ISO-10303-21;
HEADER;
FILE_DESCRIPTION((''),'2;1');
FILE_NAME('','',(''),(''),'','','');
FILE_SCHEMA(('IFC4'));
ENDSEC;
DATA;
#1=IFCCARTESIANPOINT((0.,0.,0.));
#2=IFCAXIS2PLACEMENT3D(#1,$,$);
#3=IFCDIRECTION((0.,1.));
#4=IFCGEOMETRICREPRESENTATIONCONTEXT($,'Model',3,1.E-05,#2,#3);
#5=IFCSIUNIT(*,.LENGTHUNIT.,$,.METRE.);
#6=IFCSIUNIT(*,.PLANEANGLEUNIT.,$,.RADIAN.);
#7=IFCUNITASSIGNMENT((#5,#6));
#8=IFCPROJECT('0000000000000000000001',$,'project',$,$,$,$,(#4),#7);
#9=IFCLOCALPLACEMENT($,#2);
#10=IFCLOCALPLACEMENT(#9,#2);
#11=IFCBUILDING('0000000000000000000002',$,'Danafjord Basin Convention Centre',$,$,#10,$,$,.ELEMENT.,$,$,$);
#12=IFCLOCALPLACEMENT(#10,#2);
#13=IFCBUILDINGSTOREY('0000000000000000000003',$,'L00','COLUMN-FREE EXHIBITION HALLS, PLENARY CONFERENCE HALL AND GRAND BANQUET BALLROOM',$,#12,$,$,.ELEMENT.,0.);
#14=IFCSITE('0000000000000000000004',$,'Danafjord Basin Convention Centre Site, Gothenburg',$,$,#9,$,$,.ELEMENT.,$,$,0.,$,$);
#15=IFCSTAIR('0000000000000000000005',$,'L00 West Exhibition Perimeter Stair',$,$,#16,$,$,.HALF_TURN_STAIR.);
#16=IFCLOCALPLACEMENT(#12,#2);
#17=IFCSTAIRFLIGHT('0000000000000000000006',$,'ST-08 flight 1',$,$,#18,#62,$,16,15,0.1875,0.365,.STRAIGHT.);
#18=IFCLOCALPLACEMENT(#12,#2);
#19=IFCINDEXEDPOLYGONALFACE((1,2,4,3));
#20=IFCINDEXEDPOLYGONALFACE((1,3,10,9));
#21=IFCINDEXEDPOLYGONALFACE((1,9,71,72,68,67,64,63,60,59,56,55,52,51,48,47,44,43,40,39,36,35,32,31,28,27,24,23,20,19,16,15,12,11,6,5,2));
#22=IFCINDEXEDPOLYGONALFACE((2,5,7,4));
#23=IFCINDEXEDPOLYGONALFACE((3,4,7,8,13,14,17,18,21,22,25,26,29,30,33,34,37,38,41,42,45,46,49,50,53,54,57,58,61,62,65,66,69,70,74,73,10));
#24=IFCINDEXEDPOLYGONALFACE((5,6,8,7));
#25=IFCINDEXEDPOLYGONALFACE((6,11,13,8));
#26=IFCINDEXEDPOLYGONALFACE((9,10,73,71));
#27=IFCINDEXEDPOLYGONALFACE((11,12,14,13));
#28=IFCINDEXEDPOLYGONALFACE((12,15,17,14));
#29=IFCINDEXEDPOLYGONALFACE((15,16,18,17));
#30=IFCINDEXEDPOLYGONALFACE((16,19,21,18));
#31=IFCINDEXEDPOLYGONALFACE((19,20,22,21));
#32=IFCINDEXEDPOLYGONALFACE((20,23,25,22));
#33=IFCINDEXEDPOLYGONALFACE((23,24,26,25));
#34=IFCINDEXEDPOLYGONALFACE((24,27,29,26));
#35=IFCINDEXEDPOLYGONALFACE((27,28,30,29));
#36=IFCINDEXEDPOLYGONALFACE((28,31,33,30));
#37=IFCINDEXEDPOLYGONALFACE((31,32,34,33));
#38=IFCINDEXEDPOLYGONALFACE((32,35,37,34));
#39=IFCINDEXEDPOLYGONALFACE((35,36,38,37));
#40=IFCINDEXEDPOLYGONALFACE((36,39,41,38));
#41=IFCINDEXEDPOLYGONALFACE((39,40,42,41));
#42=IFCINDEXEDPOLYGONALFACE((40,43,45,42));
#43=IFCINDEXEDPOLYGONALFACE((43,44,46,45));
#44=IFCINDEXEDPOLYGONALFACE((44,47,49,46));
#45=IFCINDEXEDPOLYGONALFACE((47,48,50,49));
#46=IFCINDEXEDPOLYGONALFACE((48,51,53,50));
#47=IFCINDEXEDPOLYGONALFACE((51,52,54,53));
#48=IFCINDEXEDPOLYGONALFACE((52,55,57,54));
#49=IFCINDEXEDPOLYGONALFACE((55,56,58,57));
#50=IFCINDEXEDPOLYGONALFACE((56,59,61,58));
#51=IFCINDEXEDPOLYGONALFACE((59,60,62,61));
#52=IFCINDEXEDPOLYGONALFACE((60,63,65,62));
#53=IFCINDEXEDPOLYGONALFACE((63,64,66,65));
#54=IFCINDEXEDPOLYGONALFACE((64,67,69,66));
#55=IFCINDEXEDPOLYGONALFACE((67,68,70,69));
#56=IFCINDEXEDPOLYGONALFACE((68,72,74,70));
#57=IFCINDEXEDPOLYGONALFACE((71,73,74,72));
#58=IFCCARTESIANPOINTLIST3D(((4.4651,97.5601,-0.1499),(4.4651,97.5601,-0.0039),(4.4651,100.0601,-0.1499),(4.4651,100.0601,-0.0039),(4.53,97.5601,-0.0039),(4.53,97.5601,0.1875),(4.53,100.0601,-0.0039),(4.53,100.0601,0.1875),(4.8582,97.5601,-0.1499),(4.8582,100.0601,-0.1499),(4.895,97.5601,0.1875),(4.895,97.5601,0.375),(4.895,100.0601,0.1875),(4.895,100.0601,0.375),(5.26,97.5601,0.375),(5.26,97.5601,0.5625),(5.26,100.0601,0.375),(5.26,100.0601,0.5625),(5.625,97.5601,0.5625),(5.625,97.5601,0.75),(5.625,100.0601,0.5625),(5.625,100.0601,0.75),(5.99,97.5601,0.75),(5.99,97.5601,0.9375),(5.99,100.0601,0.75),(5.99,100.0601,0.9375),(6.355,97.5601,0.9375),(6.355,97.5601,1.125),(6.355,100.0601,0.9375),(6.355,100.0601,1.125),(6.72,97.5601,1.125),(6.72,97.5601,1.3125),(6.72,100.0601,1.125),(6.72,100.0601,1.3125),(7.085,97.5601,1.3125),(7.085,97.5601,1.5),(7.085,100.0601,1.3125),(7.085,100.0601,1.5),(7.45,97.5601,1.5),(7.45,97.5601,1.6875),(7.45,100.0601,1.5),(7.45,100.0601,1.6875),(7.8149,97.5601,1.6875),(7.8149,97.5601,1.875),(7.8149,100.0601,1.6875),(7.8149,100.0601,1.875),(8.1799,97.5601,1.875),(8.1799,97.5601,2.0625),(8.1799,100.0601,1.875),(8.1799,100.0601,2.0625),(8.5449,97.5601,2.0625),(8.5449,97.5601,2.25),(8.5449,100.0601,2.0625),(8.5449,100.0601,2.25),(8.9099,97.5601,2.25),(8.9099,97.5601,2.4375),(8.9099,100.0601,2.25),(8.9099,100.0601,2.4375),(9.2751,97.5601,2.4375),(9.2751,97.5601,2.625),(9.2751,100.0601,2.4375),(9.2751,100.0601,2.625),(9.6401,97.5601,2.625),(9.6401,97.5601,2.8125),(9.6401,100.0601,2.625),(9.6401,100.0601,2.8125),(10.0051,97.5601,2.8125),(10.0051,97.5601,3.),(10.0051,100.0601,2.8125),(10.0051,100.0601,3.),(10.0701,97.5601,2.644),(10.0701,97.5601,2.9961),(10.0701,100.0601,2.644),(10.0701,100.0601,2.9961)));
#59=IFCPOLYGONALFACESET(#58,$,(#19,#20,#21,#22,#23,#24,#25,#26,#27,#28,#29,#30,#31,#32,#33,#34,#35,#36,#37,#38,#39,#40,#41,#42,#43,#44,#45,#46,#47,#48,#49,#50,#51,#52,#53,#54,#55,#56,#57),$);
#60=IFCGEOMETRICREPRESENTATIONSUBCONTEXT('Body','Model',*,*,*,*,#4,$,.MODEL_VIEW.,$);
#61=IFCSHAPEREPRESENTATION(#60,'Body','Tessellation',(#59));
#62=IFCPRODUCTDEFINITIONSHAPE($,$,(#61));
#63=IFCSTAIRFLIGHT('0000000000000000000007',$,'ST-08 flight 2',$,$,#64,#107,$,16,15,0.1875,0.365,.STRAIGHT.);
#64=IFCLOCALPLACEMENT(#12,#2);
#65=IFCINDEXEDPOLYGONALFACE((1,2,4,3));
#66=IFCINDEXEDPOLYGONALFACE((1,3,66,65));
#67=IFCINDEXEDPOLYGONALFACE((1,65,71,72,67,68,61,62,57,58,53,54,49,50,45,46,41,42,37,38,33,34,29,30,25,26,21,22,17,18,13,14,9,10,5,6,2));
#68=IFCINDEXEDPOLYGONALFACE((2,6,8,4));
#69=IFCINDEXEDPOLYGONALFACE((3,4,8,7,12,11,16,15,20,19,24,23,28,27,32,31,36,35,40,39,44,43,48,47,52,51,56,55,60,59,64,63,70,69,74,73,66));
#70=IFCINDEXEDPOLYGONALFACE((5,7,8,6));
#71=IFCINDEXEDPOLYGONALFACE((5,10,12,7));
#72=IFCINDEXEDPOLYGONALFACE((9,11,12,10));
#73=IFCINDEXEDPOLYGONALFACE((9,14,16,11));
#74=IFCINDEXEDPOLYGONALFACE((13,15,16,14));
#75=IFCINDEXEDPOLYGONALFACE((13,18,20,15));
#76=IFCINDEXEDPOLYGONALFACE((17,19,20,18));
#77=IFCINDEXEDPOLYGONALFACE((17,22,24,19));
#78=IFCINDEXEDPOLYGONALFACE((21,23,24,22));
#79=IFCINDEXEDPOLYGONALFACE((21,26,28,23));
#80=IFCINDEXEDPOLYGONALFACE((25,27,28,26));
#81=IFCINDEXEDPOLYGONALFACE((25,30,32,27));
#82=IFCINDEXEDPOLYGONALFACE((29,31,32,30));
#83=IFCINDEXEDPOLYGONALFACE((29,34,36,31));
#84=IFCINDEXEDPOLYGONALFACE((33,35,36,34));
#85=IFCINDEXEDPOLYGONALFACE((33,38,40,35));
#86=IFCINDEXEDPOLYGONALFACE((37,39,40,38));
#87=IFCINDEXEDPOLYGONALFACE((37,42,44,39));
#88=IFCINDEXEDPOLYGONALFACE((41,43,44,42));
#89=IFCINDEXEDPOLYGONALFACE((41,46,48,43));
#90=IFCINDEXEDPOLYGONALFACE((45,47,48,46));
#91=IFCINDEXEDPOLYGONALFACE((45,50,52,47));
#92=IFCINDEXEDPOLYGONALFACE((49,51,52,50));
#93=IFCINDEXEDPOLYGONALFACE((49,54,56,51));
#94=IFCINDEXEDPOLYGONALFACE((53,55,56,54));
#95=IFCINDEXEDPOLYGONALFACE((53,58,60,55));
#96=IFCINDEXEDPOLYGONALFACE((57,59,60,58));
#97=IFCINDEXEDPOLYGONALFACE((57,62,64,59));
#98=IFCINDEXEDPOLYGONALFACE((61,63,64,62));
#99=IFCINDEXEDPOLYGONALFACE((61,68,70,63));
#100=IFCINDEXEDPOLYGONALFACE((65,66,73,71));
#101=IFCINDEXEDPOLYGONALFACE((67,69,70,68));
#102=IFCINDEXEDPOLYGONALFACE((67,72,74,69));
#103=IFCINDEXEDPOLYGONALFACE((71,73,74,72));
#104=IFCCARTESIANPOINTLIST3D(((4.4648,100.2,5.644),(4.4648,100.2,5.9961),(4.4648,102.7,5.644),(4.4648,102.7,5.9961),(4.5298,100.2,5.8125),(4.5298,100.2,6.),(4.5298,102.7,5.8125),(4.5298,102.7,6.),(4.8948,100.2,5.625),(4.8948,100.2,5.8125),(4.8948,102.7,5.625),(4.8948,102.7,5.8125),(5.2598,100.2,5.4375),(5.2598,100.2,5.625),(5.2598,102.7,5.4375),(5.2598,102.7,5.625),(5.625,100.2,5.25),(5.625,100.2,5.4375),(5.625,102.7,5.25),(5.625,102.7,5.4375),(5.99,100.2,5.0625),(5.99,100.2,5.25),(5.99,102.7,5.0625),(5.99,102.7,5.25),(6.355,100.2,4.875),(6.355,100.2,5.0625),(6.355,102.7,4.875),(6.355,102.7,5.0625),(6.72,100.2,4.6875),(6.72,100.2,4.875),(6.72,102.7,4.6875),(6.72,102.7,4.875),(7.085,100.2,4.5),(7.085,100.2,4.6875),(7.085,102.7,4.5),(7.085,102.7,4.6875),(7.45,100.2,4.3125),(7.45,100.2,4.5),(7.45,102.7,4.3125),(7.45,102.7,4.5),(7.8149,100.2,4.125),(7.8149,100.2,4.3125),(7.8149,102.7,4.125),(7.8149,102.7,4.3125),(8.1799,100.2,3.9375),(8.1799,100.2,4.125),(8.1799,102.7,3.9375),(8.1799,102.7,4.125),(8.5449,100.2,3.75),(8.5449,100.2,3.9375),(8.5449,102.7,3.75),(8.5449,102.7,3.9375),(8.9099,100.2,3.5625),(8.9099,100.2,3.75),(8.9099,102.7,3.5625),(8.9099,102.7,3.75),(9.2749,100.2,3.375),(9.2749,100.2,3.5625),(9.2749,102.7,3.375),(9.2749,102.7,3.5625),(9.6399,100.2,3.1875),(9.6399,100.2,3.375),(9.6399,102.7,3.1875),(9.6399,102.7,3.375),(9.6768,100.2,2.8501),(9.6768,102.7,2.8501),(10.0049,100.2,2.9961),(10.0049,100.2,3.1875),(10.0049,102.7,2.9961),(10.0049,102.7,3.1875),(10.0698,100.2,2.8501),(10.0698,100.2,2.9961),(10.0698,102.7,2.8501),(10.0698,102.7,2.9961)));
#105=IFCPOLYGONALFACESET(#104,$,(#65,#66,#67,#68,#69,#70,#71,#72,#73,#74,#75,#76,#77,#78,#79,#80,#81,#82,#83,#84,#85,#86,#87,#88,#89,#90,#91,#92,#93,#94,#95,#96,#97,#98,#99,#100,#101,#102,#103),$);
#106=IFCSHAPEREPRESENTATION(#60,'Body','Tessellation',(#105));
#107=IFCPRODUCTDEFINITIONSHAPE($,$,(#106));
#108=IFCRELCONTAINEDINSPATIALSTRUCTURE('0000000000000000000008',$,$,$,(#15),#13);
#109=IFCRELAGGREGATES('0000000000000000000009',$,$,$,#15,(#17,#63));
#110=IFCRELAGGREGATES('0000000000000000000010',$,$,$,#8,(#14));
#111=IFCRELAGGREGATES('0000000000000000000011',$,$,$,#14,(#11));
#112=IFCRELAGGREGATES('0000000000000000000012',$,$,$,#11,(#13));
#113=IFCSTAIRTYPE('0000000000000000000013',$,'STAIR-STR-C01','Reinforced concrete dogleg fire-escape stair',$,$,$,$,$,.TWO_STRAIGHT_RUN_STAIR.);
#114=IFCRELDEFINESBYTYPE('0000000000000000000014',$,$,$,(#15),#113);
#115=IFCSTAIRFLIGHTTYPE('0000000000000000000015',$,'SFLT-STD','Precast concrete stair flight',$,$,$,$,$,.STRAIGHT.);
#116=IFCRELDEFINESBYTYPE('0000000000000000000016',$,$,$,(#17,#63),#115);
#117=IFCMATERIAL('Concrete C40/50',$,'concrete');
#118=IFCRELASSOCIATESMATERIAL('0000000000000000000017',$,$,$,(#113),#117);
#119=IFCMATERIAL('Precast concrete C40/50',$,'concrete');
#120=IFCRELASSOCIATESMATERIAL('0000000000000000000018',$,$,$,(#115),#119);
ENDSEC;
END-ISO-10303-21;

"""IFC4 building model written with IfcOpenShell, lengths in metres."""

from ifc_helpers import new_model, si_unit, direction, frame, origin, place, context, subcontext, project, spatial, polyline, outline, extrude, material, type_object, element, aggregate, save


model = new_model("IFC4")

# Units and contexts
model_context = context("Model", 3, precision=1e-05, world=origin(), true_north=direction((0.0, 1.0)))
body_context = subcontext(model_context, "Body", "Model", "MODEL_VIEW")
ifc_project = project(units=[si_unit("LENGTHUNIT", "METRE"), si_unit("PLANEANGLEUNIT", "RADIAN")], contexts=[model_context])

# Site, building, storey
site_placement = place(None, origin())
site = spatial("IfcSite", under=ifc_project, at=site_placement, Name="Danafjord Basin Convention Centre Site, Gothenburg", CompositionType="ELEMENT", RefElevation=0.0)
building_placement = place(site_placement, origin())
building = spatial("IfcBuilding", under=site, at=building_placement, Name="Danafjord Basin Convention Centre", CompositionType="ELEMENT")
storey_placement = place(building_placement, origin())
storey = spatial("IfcBuildingStorey", under=building, at=storey_placement, Name="L00", Description="COLUMN-FREE EXHIBITION HALLS, PLENARY CONFERENCE HALL AND GRAND BANQUET BALLROOM", CompositionType="ELEMENT", Elevation=0.0)

# Shared definitions
ifc_material_1 = material(Name="Concrete C40/50", Category="concrete")

# Stair, stair flights
stair_type = type_object("IfcStairType", Name="STAIR-STR-C01", Description="Reinforced concrete dogleg fire-escape stair", PredefinedType="TWO_STRAIGHT_RUN_STAIR", material=ifc_material_1)
stair_placement = place(storey_placement, origin())
stair = element("IfcStair", 1, at=stair_placement, inside=storey, type_object=stair_type, Name="L00 West Exhibition Perimeter Stair", PredefinedType="HALF_TURN_STAIR")
ifc_material_2 = material(Name="Precast concrete C40/50", Category="concrete")
stair_flight_type = type_object("IfcStairFlightType", Name="SFLT-STD", Description="Precast concrete stair flight", PredefinedType="STRAIGHT", material=ifc_material_2)
stair_flight_1_placement = place(storey_placement, frame((4.53, 98.8101, 0.0), z_axis=(0.0, 0.0, 1.0), x_axis=(1.0, 0.0, 0.0)))
stair_flight_1 = element("IfcStairFlight", 2, at=stair_flight_1_placement, type_object=stair_flight_type, Name="ST-08 flight 1", NumberOfRisers=16, NumberOfTreads=15, PredefinedType="STRAIGHT", RiserHeight=0.1875, TreadLength=0.365, context=body_context, shape_type="SweptSolid", body=[
    extrude(outline(polyline([(-0.0649, -0.1499), (-0.0649, -0.0039), (0.0, -0.0039), (0.0, 0.1875), (0.365, 0.1875), (0.365, 0.375), (0.73, 0.375), (0.73, 0.5625), (1.095, 0.5625), (1.095, 0.75), (1.46, 0.75), (1.46, 0.9375), (1.825, 0.9375), (1.825, 1.125), (2.1899, 1.125), (2.1899, 1.3125), (2.5549, 1.3125), (2.5549, 1.5), (2.9199, 1.5), (2.9199, 1.6875), (3.2849, 1.6875), (3.2849, 1.875), (3.6499, 1.875), (3.6499, 2.0625), (4.0149, 2.0625), (4.0149, 2.25), (4.3799, 2.25), (4.3799, 2.4375), (4.7451, 2.4375), (4.7451, 2.625), (5.1101, 2.625), (5.1101, 2.8125), (5.4751, 2.8125), (5.4751, 3.0), (5.54, 2.9961), (5.54, 2.644), (0.3281, -0.1499), (-0.0649, -0.1499)])), frame((0.0, 1.25, 0.0), z_axis=(0.0, -1.0, 0.0), x_axis=(1.0, 0.0, 0.0)), (0.0, 0.0, 1.0), 2.5),
])
stair_flight_2_placement = place(storey_placement, frame((10.0049, 101.45, 3.0), z_axis=(0.0, 0.0, 1.0), x_axis=(-1.0, 0.0, 0.0)))
stair_flight_2 = element("IfcStairFlight", 3, at=stair_flight_2_placement, type_object=stair_flight_type, Name="ST-08 flight 2", NumberOfRisers=16, NumberOfTreads=15, PredefinedType="STRAIGHT", RiserHeight=0.1875, TreadLength=0.365, context=body_context, shape_type="SweptSolid", body=[
    extrude(outline(polyline([(-0.0649, -0.1499), (-0.0649, -0.0039), (0.0, -0.0039), (0.0, 0.1875), (0.365, 0.1875), (0.365, 0.375), (0.73, 0.375), (0.73, 0.5625), (1.095, 0.5625), (1.095, 0.75), (1.46, 0.75), (1.46, 0.9375), (1.825, 0.9375), (1.825, 1.125), (2.1899, 1.125), (2.1899, 1.3125), (2.5549, 1.3125), (2.5549, 1.5), (2.9199, 1.5), (2.9199, 1.6875), (3.2849, 1.6875), (3.2849, 1.875), (3.6499, 1.875), (3.6499, 2.0625), (4.0149, 2.0625), (4.0149, 2.25), (4.3799, 2.25), (4.3799, 2.4375), (4.7451, 2.4375), (4.7451, 2.625), (5.1101, 2.625), (5.1101, 2.8125), (5.4751, 2.8125), (5.4751, 3.0), (5.54, 2.9961), (5.54, 2.644), (0.3281, -0.1499), (-0.0649, -0.1499)])), frame((0.0, 1.25, 0.0), z_axis=(0.0, -1.0, 0.0), x_axis=(1.0, 0.0, 0.0)), (0.0, 0.0, 1.0), 2.5),
])
aggregate(stair, [stair_flight_1, stair_flight_2])

save(model, "model.ifc")
